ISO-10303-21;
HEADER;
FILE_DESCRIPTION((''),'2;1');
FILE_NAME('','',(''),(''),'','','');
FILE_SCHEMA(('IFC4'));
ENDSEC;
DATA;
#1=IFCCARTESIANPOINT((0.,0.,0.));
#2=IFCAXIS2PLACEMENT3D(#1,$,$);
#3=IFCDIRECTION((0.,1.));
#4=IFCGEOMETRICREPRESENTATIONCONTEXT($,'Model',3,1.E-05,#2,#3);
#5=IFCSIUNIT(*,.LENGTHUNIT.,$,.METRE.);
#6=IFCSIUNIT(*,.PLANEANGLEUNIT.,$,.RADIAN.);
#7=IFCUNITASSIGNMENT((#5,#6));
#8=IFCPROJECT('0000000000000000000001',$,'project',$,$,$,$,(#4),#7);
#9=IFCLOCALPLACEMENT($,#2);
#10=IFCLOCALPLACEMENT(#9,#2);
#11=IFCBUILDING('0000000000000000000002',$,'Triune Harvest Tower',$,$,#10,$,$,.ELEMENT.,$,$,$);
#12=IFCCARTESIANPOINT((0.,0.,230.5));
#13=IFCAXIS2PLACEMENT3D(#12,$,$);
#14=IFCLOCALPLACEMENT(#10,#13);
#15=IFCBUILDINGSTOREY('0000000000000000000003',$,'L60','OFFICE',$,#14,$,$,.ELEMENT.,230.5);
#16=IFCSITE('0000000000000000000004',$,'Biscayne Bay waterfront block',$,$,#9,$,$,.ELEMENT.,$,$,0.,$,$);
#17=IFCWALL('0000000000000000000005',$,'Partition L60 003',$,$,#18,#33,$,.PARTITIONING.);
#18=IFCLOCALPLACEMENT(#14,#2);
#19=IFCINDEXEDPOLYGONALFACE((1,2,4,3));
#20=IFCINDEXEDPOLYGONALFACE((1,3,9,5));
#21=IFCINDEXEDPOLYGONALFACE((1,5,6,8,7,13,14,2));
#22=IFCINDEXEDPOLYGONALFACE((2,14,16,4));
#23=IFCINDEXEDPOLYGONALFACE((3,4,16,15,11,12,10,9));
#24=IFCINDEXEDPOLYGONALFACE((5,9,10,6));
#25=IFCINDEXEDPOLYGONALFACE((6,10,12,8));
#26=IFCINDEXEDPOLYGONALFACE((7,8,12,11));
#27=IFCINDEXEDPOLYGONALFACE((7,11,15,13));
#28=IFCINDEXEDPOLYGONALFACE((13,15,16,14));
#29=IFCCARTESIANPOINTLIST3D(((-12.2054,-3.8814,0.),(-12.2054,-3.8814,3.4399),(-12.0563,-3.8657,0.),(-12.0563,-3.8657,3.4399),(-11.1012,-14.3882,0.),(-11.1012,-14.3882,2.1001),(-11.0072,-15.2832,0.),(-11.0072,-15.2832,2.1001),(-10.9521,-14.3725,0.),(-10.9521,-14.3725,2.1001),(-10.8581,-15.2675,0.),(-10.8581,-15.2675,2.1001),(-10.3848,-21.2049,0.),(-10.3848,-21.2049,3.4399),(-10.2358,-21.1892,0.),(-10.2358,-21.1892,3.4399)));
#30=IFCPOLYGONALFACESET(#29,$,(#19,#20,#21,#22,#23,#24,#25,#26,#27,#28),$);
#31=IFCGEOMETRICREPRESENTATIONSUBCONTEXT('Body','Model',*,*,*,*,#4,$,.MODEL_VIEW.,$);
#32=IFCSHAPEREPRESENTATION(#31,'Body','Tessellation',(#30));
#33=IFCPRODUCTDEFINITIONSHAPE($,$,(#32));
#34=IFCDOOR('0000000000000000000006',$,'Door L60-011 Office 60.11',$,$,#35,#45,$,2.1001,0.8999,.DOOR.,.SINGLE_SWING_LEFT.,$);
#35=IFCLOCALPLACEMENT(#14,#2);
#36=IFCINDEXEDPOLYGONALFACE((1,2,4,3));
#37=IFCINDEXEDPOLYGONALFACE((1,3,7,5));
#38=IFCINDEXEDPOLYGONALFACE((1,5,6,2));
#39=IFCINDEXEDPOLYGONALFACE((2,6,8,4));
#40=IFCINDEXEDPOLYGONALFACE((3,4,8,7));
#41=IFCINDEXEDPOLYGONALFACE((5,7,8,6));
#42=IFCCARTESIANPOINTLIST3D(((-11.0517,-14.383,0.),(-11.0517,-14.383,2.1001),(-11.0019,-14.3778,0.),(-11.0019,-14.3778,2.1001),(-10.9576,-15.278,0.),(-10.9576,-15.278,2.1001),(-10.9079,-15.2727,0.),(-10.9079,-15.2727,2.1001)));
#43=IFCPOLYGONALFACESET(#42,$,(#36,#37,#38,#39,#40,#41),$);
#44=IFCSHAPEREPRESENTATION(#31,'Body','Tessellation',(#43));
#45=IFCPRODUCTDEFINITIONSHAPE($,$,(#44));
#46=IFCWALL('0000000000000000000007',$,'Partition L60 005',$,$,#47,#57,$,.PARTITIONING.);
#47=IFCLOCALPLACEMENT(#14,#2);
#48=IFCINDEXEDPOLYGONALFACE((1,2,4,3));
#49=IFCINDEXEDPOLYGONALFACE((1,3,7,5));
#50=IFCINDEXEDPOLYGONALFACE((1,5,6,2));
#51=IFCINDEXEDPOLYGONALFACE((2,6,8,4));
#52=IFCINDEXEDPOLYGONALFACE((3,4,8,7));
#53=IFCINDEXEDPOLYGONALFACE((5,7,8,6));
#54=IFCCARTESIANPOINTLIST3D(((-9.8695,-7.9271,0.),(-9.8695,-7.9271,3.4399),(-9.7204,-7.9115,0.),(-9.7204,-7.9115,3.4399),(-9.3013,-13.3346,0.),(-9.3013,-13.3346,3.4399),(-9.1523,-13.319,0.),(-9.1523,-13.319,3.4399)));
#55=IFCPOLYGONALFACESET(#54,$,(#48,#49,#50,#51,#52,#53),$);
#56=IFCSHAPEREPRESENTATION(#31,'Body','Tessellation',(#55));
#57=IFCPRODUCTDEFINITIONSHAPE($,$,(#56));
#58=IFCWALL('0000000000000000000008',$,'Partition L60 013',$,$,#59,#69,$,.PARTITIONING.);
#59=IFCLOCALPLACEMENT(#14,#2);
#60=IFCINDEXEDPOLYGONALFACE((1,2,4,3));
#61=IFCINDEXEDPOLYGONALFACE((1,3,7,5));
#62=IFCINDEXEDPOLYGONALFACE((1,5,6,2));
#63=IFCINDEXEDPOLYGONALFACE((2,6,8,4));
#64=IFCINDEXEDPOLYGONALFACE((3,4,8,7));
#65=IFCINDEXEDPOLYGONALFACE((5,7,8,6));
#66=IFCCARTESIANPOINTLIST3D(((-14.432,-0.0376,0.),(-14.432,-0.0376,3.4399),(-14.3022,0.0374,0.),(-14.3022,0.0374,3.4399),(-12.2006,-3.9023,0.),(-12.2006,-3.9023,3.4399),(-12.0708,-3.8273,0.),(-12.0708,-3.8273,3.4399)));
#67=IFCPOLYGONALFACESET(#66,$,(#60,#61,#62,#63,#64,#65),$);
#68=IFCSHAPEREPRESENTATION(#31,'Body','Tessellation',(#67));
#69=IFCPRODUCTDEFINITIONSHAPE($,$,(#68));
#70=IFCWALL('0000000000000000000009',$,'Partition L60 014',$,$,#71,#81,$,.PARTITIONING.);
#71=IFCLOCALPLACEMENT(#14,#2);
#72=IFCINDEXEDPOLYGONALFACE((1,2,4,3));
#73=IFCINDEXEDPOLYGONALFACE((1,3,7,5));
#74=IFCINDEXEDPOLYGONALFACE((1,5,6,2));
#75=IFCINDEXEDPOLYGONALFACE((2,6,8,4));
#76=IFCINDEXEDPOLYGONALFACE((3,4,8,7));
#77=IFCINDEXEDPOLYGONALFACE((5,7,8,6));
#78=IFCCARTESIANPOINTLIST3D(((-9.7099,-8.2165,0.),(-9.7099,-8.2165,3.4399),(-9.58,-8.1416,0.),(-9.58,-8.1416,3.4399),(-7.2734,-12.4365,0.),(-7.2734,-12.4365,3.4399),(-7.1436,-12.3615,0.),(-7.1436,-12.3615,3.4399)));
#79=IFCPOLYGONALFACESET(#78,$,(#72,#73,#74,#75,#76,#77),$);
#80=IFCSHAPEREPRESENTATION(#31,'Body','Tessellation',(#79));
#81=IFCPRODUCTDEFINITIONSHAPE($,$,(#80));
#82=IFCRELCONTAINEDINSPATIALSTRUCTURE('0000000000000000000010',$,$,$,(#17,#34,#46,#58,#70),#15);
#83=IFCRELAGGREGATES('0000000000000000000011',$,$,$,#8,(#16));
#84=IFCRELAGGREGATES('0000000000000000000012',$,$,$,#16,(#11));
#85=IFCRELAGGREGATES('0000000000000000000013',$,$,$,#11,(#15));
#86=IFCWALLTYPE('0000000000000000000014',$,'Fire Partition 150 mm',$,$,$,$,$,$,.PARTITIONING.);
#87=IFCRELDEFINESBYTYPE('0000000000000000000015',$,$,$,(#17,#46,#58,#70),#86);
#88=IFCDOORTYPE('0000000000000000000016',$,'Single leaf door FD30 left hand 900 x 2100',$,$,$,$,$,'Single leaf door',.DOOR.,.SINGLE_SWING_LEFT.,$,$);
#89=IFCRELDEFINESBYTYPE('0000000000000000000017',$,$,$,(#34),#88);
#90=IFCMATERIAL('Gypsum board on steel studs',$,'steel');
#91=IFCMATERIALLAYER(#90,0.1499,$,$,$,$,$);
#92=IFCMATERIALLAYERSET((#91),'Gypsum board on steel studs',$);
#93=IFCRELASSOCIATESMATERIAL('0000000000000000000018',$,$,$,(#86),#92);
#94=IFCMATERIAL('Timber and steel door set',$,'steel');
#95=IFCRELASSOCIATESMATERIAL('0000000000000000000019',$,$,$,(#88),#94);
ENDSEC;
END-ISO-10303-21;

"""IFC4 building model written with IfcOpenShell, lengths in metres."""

from ifc_helpers import new_model, si_unit, direction, frame, frame_2d, origin, place, context, subcontext, project, spatial, rectangle, extrude, source, transform, mapped, material, layer, layer_set, type_object, element, fill, save


model = new_model("IFC4")

# Units and contexts
model_context = context("Model", 3, precision=1e-05, world=origin(), true_north=direction((0.0, 1.0)))
body_context = subcontext(model_context, "Body", "Model", "MODEL_VIEW")
ifc_project = project(units=[si_unit("LENGTHUNIT", "METRE"), si_unit("PLANEANGLEUNIT", "RADIAN")], contexts=[model_context])

# Site, building, storey
site_placement = place(None, origin())
site = spatial("IfcSite", under=ifc_project, at=site_placement, Name="Biscayne Bay waterfront block", CompositionType="ELEMENT", RefElevation=0.0)
building_placement = place(site_placement, origin())
building = spatial("IfcBuilding", under=site, at=building_placement, Name="Triune Harvest Tower", CompositionType="ELEMENT")
storey_placement = place(building_placement, frame((0.0, 0.0, 230.5)))
storey = spatial("IfcBuildingStorey", under=building, at=storey_placement, Name="L60", Description="OFFICE", CompositionType="ELEMENT", Elevation=230.5)

# Wall, opening, door
ifc_material_1 = material(Name="Gypsum board on steel studs", Category="steel")
ifc_layer_1 = layer(ifc_material_1, 0.1499)
ifc_layer_set_1 = layer_set([ifc_layer_1], Name="Gypsum board on steel studs")
wall_type_1 = type_object("IfcWallType", Name="Fire Partition 150 mm", PredefinedType="PARTITIONING", material=ifc_layer_set_1)
shared_shape_1 = source(origin(), body_context, "Body", "SweptSolid", [
    extrude(rectangle(XDim=17.4189, YDim=0.1499, at=frame_2d((8.7095, 0.0))), origin(), (0.0, 0.0, 1.0), 3.4399),
])
wall_1_placement = place(storey_placement, frame((-12.1309, -3.8735, 0.0), z_axis=(0.0, 0.0, 1.0), x_axis=(0.104516, -0.994523, 0.0)))
wall_1 = element("IfcWall", 1, at=wall_1_placement, inside=storey, type_object=wall_type_1, Name="Partition L60 003", PredefinedType="PARTITIONING", context=body_context, shape_type="MappedRepresentation", body=[
    mapped(shared_shape_1, transform((0.0, 0.0, 0.0), scale=1.0)),
])
opening_1_placement = place(wall_1_placement, frame((10.5647, 0.0, 0.0)))
opening_1 = element("IfcOpeningElement", 2, at=opening_1_placement, cuts=wall_1, PredefinedType="OPENING", context=body_context, shape_type="SweptSolid", body=[
    extrude(rectangle(XDim=0.8999, YDim=2.1001, at=frame_2d((0.45, 1.05))), frame((0.0, 0.085, 0.0), z_axis=(0.0, -1.0, 0.0), x_axis=(1.0, 0.0, 0.0)), (0.0, 0.0, 1.0), 0.1699),
])
ifc_material_2 = material(Name="Timber and steel door set", Category="steel")
door_type_1 = type_object("IfcDoorType", Name="Single leaf door FD30 left hand 900 x 2100", ElementType="Single leaf door", OperationType="SINGLE_SWING_LEFT", PredefinedType="DOOR", material=ifc_material_2)
door_1_placement = place(opening_1_placement, origin())
door_1 = element("IfcDoor", 3, at=door_1_placement, inside=storey, type_object=door_type_1, Name="Door L60-011 Office 60.11", OperationType="SINGLE_SWING_LEFT", OverallHeight=2.1001, OverallWidth=0.8999, PredefinedType="DOOR", context=body_context, shape_type="SweptSolid", body=[
    extrude(rectangle(XDim=0.8999, YDim=2.1001, at=frame_2d((0.45, 1.05))), frame((0.0, 0.0249, 0.0), z_axis=(0.0, -1.0, 0.0), x_axis=(1.0, 0.0, 0.0)), (0.0, 0.0, 1.0), 0.05),
])
fill(opening_1, door_1)

# Walls
shared_shape_2 = source(origin(), body_context, "Body", "SweptSolid", [
    extrude(rectangle(XDim=5.4373, YDim=0.1499, at=frame_2d((2.7188, 0.0))), origin(), (0.0, 0.0, 1.0), 3.4399),
])
wall_2_placement = place(storey_placement, frame((-9.7949, -7.9192, 0.0), z_axis=(0.0, 0.0, 1.0), x_axis=(0.104486, -0.994526, 0.0)))
element("IfcWall", 4, at=wall_2_placement, inside=storey, type_object=wall_type_1, Name="Partition L60 005", PredefinedType="PARTITIONING", context=body_context, shape_type="MappedRepresentation", body=[
    mapped(shared_shape_2, transform((0.0, 0.0, 0.0), scale=1.0)),
])
shared_shape_3 = source(origin(), body_context, "Body", "SweptSolid", [
    extrude(rectangle(XDim=4.4626, YDim=0.1499, at=frame_2d((2.2314, 0.0))), origin(), (0.0, 0.0, 1.0), 3.4399),
])
wall_3_placement = place(storey_placement, frame((-14.3672, 0.0, 0.0), z_axis=(0.0, 0.0, 1.0), x_axis=(0.500022, -0.866012, 0.0)))
element("IfcWall", 5, at=wall_3_placement, inside=storey, type_object=wall_type_1, Name="Partition L60 013", PredefinedType="PARTITIONING", context=body_context, shape_type="MappedRepresentation", body=[
    mapped(shared_shape_3, transform((0.0, 0.0, 0.0), scale=1.0)),
])
shared_shape_4 = source(origin(), body_context, "Body", "SweptSolid", [
    extrude(rectangle(XDim=4.8728, YDim=0.1499, at=frame_2d((2.4365, 0.0))), origin(), (0.0, 0.0, 1.0), 3.4399),
])
wall_4_placement = place(storey_placement, frame((-9.645, -8.179, 0.0), z_axis=(0.0, 0.0, 1.0), x_axis=(0.500019, -0.866015, 0.0)))
element("IfcWall", 6, at=wall_4_placement, inside=storey, type_object=wall_type_1, Name="Partition L60 014", PredefinedType="PARTITIONING", context=body_context, shape_type="MappedRepresentation", body=[
    mapped(shared_shape_4, transform((0.0, 0.0, 0.0), scale=1.0)),
])

save(model, "model.ifc")
